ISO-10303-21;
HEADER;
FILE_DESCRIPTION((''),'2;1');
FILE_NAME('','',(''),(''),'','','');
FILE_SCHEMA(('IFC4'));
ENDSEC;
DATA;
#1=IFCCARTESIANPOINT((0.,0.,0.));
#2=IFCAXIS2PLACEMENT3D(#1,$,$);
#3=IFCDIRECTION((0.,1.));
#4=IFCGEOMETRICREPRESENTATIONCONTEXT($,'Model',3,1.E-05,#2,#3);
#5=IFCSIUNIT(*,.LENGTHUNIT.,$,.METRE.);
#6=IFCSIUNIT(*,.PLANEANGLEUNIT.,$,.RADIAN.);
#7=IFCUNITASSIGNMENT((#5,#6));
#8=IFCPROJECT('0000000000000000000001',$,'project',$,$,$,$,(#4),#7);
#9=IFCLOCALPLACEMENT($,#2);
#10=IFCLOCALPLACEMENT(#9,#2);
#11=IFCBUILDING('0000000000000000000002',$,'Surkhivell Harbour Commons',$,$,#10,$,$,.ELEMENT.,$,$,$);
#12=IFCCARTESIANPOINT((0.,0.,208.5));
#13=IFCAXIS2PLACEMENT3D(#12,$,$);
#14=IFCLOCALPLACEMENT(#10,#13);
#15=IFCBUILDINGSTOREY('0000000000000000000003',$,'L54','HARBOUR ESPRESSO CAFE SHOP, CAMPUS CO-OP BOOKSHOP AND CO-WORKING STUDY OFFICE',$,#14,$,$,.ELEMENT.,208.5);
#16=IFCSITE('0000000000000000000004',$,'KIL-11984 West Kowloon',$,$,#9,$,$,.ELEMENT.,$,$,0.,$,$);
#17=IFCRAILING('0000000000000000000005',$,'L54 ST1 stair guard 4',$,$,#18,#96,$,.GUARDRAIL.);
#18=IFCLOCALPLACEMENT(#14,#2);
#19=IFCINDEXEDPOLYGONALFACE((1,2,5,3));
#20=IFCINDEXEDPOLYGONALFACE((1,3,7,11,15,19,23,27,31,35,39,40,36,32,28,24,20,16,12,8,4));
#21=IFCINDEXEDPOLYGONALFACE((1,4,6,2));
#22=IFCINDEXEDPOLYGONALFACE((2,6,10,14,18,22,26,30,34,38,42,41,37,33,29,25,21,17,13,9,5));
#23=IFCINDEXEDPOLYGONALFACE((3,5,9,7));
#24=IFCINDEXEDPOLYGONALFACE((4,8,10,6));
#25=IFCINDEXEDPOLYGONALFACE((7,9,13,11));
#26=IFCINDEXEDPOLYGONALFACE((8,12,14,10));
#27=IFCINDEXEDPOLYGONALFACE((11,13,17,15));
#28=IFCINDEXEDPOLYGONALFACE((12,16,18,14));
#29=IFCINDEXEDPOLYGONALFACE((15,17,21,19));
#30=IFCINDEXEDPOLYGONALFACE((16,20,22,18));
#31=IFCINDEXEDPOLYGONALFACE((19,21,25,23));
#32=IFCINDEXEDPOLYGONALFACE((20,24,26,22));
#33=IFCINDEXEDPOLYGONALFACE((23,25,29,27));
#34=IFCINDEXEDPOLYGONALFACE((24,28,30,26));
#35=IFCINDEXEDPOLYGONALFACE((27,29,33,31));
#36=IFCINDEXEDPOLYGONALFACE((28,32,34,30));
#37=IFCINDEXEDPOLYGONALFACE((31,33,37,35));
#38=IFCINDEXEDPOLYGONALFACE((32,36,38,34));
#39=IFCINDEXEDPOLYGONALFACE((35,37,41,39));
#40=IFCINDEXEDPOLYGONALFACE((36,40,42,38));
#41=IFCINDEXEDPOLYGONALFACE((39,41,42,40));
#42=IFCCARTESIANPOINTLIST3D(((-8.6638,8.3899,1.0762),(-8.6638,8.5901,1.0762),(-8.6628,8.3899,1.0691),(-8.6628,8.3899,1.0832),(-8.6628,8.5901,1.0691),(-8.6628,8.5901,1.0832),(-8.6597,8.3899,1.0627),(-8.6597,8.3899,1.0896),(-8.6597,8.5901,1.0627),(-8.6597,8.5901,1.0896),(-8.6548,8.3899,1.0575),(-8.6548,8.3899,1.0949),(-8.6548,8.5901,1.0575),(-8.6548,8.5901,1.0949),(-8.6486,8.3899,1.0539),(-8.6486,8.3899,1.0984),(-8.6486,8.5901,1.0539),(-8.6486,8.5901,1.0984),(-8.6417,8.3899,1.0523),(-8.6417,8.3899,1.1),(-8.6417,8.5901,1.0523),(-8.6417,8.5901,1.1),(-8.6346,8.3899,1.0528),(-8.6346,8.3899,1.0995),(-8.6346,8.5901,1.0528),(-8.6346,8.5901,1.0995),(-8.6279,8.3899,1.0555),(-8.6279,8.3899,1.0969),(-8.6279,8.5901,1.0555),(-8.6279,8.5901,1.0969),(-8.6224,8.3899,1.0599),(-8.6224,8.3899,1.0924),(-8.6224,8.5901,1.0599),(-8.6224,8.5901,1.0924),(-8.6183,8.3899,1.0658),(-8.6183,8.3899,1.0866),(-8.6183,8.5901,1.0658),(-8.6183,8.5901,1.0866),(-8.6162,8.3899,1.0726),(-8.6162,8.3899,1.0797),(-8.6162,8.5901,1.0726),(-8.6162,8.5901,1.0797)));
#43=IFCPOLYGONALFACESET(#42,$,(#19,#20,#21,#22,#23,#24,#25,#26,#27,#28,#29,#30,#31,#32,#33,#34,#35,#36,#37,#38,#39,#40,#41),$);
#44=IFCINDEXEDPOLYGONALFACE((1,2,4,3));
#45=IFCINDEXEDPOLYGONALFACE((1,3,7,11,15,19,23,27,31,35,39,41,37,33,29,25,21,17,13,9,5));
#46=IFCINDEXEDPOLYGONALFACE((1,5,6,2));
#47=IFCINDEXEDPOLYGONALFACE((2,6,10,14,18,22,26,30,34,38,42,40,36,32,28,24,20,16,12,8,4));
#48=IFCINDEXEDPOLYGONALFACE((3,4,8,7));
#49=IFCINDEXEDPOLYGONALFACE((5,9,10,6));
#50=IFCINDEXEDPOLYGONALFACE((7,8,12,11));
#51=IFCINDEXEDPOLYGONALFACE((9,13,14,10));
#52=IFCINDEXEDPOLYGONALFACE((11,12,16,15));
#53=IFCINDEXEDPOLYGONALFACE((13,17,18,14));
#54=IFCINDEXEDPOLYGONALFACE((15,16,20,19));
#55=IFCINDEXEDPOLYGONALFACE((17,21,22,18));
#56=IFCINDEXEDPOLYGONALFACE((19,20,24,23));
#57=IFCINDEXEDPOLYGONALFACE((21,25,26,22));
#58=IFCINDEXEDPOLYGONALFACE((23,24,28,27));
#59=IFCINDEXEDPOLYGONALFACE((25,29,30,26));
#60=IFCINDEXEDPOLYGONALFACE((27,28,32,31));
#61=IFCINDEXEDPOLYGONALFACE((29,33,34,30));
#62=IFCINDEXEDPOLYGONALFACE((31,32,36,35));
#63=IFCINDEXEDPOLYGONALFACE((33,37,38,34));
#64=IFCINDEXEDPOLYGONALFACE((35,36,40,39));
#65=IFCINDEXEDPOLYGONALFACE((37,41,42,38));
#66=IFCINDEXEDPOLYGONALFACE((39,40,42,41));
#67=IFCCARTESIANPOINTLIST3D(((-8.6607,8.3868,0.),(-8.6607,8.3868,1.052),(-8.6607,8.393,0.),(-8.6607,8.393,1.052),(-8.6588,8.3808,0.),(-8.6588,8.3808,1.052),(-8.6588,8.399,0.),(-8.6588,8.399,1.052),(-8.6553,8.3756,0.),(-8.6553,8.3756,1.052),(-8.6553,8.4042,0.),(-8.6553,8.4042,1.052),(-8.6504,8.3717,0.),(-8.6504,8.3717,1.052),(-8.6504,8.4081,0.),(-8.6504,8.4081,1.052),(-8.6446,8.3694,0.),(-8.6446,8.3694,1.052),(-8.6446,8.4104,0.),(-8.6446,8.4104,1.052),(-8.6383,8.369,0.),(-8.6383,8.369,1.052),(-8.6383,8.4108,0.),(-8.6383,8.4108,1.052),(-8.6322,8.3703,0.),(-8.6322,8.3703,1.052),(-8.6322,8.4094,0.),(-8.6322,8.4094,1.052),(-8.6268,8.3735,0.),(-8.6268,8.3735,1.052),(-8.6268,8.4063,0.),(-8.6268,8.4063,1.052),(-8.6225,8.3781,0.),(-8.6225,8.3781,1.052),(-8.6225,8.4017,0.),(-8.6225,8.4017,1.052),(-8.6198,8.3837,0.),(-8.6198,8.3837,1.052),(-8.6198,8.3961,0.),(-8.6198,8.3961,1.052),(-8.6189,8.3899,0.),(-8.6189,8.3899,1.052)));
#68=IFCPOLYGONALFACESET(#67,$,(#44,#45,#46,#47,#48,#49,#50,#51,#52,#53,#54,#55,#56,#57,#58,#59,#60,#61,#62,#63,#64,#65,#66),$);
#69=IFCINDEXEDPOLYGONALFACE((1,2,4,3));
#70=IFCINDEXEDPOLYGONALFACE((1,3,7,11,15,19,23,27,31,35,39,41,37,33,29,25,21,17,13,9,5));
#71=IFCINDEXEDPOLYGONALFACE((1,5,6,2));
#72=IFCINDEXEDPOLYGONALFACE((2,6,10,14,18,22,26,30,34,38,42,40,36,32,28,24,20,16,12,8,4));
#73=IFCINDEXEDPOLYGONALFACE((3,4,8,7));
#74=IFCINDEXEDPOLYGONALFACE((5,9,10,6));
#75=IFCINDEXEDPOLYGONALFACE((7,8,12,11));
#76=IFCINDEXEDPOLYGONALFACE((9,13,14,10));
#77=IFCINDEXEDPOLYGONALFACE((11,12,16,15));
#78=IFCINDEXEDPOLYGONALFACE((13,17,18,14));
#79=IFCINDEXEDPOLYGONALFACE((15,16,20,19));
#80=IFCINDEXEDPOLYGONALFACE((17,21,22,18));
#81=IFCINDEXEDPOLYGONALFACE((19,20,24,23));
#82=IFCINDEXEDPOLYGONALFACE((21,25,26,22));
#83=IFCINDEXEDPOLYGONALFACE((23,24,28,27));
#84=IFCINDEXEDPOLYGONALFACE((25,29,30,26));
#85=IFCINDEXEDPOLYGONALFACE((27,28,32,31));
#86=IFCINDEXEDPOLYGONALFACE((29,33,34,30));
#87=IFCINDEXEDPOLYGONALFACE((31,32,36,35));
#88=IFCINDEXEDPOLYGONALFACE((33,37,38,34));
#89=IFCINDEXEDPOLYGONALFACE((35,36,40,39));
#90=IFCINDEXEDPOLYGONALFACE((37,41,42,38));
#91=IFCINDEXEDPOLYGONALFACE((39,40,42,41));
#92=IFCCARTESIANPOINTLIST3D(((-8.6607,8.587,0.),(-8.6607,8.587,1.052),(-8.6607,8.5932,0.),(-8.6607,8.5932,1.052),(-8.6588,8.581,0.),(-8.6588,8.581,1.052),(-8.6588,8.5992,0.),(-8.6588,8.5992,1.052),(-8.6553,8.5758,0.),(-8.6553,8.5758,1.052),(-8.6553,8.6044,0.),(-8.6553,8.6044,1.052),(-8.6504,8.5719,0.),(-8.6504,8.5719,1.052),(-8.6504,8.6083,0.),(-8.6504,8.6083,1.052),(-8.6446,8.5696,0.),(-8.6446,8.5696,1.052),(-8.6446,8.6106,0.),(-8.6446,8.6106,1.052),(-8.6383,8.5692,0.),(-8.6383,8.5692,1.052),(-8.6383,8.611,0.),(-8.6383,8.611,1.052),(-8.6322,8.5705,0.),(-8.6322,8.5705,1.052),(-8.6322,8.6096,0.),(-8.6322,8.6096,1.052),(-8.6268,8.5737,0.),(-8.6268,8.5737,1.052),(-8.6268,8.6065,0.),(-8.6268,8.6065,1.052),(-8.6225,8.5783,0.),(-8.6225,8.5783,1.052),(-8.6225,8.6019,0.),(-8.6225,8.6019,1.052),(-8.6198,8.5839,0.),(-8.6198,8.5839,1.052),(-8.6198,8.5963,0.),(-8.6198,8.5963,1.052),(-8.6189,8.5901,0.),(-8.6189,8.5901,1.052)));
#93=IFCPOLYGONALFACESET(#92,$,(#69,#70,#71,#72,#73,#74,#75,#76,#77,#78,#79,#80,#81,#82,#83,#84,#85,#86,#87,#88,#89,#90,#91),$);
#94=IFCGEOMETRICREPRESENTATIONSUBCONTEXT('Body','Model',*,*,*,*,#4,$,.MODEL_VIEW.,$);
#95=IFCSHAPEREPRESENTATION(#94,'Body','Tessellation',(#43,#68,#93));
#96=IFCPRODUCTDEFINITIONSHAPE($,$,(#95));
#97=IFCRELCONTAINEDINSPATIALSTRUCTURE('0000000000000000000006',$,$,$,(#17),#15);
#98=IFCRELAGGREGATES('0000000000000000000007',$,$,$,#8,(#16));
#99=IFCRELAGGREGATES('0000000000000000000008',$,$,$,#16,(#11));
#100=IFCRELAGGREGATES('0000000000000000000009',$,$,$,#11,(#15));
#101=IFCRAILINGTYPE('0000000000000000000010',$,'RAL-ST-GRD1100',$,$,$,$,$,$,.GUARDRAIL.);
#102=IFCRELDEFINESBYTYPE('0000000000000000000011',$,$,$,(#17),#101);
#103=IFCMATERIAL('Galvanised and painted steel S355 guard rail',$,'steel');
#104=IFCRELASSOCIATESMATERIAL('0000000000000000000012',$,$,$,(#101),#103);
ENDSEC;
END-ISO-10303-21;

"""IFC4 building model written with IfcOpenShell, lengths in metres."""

from ifc_helpers import new_model, si_unit, direction, frame, origin, origin_2d, place, context, subcontext, project, spatial, circle, extrude, material, type_object, element, save


model = new_model("IFC4")

# Units and contexts
model_context = context("Model", 3, precision=1e-05, world=origin(), true_north=direction((0.0, 1.0)))
body_context = subcontext(model_context, "Body", "Model", "MODEL_VIEW")
ifc_project = project(units=[si_unit("LENGTHUNIT", "METRE"), si_unit("PLANEANGLEUNIT", "RADIAN")], contexts=[model_context])

# Site, building, storey
site_placement = place(None, origin())
site = spatial("IfcSite", under=ifc_project, at=site_placement, Name="KIL-11984 West Kowloon", CompositionType="ELEMENT", RefElevation=0.0)
building_placement = place(site_placement, origin())
building = spatial("IfcBuilding", under=site, at=building_placement, Name="Surkhivell Harbour Commons", CompositionType="ELEMENT")
storey_placement = place(building_placement, frame((0.0, 0.0, 208.5)))
storey = spatial("IfcBuildingStorey", under=building, at=storey_placement, Name="L54", Description="HARBOUR ESPRESSO CAFE SHOP, CAMPUS CO-OP BOOKSHOP AND CO-WORKING STUDY OFFICE", CompositionType="ELEMENT", Elevation=208.5)

# Railing
ifc_material_1 = material(Name="Galvanised and painted steel S355 guard rail", Category="steel")
railing_type_1 = type_object("IfcRailingType", Name="RAL-ST-GRD1100", PredefinedType="GUARDRAIL", material=ifc_material_1)
railing_1_placement = place(storey_placement, frame((-8.6399, 8.3899, 0.0)))
element("IfcRailing", 1, at=railing_1_placement, inside=storey, type_object=railing_type_1, Name="L54 ST1 stair guard 4", PredefinedType="GUARDRAIL", context=body_context, shape_type="SweptSolid", body=[
    extrude(circle(Radius=0.0239, at=origin_2d()), frame((0.0, 0.0, 1.0762), z_axis=(0.0, 1.0, 0.0), x_axis=(-1.0, 0.0, 0.0)), (0.0, 0.0, 1.0), 0.2002),
    extrude(circle(Radius=0.021, at=origin_2d()), origin(), (0.0, 0.0, 1.0), 1.052),
    extrude(circle(Radius=0.021, at=origin_2d()), frame((0.0, 0.2002, 0.0)), (0.0, 0.0, 1.0), 1.052),
])

save(model, "model.ifc")
